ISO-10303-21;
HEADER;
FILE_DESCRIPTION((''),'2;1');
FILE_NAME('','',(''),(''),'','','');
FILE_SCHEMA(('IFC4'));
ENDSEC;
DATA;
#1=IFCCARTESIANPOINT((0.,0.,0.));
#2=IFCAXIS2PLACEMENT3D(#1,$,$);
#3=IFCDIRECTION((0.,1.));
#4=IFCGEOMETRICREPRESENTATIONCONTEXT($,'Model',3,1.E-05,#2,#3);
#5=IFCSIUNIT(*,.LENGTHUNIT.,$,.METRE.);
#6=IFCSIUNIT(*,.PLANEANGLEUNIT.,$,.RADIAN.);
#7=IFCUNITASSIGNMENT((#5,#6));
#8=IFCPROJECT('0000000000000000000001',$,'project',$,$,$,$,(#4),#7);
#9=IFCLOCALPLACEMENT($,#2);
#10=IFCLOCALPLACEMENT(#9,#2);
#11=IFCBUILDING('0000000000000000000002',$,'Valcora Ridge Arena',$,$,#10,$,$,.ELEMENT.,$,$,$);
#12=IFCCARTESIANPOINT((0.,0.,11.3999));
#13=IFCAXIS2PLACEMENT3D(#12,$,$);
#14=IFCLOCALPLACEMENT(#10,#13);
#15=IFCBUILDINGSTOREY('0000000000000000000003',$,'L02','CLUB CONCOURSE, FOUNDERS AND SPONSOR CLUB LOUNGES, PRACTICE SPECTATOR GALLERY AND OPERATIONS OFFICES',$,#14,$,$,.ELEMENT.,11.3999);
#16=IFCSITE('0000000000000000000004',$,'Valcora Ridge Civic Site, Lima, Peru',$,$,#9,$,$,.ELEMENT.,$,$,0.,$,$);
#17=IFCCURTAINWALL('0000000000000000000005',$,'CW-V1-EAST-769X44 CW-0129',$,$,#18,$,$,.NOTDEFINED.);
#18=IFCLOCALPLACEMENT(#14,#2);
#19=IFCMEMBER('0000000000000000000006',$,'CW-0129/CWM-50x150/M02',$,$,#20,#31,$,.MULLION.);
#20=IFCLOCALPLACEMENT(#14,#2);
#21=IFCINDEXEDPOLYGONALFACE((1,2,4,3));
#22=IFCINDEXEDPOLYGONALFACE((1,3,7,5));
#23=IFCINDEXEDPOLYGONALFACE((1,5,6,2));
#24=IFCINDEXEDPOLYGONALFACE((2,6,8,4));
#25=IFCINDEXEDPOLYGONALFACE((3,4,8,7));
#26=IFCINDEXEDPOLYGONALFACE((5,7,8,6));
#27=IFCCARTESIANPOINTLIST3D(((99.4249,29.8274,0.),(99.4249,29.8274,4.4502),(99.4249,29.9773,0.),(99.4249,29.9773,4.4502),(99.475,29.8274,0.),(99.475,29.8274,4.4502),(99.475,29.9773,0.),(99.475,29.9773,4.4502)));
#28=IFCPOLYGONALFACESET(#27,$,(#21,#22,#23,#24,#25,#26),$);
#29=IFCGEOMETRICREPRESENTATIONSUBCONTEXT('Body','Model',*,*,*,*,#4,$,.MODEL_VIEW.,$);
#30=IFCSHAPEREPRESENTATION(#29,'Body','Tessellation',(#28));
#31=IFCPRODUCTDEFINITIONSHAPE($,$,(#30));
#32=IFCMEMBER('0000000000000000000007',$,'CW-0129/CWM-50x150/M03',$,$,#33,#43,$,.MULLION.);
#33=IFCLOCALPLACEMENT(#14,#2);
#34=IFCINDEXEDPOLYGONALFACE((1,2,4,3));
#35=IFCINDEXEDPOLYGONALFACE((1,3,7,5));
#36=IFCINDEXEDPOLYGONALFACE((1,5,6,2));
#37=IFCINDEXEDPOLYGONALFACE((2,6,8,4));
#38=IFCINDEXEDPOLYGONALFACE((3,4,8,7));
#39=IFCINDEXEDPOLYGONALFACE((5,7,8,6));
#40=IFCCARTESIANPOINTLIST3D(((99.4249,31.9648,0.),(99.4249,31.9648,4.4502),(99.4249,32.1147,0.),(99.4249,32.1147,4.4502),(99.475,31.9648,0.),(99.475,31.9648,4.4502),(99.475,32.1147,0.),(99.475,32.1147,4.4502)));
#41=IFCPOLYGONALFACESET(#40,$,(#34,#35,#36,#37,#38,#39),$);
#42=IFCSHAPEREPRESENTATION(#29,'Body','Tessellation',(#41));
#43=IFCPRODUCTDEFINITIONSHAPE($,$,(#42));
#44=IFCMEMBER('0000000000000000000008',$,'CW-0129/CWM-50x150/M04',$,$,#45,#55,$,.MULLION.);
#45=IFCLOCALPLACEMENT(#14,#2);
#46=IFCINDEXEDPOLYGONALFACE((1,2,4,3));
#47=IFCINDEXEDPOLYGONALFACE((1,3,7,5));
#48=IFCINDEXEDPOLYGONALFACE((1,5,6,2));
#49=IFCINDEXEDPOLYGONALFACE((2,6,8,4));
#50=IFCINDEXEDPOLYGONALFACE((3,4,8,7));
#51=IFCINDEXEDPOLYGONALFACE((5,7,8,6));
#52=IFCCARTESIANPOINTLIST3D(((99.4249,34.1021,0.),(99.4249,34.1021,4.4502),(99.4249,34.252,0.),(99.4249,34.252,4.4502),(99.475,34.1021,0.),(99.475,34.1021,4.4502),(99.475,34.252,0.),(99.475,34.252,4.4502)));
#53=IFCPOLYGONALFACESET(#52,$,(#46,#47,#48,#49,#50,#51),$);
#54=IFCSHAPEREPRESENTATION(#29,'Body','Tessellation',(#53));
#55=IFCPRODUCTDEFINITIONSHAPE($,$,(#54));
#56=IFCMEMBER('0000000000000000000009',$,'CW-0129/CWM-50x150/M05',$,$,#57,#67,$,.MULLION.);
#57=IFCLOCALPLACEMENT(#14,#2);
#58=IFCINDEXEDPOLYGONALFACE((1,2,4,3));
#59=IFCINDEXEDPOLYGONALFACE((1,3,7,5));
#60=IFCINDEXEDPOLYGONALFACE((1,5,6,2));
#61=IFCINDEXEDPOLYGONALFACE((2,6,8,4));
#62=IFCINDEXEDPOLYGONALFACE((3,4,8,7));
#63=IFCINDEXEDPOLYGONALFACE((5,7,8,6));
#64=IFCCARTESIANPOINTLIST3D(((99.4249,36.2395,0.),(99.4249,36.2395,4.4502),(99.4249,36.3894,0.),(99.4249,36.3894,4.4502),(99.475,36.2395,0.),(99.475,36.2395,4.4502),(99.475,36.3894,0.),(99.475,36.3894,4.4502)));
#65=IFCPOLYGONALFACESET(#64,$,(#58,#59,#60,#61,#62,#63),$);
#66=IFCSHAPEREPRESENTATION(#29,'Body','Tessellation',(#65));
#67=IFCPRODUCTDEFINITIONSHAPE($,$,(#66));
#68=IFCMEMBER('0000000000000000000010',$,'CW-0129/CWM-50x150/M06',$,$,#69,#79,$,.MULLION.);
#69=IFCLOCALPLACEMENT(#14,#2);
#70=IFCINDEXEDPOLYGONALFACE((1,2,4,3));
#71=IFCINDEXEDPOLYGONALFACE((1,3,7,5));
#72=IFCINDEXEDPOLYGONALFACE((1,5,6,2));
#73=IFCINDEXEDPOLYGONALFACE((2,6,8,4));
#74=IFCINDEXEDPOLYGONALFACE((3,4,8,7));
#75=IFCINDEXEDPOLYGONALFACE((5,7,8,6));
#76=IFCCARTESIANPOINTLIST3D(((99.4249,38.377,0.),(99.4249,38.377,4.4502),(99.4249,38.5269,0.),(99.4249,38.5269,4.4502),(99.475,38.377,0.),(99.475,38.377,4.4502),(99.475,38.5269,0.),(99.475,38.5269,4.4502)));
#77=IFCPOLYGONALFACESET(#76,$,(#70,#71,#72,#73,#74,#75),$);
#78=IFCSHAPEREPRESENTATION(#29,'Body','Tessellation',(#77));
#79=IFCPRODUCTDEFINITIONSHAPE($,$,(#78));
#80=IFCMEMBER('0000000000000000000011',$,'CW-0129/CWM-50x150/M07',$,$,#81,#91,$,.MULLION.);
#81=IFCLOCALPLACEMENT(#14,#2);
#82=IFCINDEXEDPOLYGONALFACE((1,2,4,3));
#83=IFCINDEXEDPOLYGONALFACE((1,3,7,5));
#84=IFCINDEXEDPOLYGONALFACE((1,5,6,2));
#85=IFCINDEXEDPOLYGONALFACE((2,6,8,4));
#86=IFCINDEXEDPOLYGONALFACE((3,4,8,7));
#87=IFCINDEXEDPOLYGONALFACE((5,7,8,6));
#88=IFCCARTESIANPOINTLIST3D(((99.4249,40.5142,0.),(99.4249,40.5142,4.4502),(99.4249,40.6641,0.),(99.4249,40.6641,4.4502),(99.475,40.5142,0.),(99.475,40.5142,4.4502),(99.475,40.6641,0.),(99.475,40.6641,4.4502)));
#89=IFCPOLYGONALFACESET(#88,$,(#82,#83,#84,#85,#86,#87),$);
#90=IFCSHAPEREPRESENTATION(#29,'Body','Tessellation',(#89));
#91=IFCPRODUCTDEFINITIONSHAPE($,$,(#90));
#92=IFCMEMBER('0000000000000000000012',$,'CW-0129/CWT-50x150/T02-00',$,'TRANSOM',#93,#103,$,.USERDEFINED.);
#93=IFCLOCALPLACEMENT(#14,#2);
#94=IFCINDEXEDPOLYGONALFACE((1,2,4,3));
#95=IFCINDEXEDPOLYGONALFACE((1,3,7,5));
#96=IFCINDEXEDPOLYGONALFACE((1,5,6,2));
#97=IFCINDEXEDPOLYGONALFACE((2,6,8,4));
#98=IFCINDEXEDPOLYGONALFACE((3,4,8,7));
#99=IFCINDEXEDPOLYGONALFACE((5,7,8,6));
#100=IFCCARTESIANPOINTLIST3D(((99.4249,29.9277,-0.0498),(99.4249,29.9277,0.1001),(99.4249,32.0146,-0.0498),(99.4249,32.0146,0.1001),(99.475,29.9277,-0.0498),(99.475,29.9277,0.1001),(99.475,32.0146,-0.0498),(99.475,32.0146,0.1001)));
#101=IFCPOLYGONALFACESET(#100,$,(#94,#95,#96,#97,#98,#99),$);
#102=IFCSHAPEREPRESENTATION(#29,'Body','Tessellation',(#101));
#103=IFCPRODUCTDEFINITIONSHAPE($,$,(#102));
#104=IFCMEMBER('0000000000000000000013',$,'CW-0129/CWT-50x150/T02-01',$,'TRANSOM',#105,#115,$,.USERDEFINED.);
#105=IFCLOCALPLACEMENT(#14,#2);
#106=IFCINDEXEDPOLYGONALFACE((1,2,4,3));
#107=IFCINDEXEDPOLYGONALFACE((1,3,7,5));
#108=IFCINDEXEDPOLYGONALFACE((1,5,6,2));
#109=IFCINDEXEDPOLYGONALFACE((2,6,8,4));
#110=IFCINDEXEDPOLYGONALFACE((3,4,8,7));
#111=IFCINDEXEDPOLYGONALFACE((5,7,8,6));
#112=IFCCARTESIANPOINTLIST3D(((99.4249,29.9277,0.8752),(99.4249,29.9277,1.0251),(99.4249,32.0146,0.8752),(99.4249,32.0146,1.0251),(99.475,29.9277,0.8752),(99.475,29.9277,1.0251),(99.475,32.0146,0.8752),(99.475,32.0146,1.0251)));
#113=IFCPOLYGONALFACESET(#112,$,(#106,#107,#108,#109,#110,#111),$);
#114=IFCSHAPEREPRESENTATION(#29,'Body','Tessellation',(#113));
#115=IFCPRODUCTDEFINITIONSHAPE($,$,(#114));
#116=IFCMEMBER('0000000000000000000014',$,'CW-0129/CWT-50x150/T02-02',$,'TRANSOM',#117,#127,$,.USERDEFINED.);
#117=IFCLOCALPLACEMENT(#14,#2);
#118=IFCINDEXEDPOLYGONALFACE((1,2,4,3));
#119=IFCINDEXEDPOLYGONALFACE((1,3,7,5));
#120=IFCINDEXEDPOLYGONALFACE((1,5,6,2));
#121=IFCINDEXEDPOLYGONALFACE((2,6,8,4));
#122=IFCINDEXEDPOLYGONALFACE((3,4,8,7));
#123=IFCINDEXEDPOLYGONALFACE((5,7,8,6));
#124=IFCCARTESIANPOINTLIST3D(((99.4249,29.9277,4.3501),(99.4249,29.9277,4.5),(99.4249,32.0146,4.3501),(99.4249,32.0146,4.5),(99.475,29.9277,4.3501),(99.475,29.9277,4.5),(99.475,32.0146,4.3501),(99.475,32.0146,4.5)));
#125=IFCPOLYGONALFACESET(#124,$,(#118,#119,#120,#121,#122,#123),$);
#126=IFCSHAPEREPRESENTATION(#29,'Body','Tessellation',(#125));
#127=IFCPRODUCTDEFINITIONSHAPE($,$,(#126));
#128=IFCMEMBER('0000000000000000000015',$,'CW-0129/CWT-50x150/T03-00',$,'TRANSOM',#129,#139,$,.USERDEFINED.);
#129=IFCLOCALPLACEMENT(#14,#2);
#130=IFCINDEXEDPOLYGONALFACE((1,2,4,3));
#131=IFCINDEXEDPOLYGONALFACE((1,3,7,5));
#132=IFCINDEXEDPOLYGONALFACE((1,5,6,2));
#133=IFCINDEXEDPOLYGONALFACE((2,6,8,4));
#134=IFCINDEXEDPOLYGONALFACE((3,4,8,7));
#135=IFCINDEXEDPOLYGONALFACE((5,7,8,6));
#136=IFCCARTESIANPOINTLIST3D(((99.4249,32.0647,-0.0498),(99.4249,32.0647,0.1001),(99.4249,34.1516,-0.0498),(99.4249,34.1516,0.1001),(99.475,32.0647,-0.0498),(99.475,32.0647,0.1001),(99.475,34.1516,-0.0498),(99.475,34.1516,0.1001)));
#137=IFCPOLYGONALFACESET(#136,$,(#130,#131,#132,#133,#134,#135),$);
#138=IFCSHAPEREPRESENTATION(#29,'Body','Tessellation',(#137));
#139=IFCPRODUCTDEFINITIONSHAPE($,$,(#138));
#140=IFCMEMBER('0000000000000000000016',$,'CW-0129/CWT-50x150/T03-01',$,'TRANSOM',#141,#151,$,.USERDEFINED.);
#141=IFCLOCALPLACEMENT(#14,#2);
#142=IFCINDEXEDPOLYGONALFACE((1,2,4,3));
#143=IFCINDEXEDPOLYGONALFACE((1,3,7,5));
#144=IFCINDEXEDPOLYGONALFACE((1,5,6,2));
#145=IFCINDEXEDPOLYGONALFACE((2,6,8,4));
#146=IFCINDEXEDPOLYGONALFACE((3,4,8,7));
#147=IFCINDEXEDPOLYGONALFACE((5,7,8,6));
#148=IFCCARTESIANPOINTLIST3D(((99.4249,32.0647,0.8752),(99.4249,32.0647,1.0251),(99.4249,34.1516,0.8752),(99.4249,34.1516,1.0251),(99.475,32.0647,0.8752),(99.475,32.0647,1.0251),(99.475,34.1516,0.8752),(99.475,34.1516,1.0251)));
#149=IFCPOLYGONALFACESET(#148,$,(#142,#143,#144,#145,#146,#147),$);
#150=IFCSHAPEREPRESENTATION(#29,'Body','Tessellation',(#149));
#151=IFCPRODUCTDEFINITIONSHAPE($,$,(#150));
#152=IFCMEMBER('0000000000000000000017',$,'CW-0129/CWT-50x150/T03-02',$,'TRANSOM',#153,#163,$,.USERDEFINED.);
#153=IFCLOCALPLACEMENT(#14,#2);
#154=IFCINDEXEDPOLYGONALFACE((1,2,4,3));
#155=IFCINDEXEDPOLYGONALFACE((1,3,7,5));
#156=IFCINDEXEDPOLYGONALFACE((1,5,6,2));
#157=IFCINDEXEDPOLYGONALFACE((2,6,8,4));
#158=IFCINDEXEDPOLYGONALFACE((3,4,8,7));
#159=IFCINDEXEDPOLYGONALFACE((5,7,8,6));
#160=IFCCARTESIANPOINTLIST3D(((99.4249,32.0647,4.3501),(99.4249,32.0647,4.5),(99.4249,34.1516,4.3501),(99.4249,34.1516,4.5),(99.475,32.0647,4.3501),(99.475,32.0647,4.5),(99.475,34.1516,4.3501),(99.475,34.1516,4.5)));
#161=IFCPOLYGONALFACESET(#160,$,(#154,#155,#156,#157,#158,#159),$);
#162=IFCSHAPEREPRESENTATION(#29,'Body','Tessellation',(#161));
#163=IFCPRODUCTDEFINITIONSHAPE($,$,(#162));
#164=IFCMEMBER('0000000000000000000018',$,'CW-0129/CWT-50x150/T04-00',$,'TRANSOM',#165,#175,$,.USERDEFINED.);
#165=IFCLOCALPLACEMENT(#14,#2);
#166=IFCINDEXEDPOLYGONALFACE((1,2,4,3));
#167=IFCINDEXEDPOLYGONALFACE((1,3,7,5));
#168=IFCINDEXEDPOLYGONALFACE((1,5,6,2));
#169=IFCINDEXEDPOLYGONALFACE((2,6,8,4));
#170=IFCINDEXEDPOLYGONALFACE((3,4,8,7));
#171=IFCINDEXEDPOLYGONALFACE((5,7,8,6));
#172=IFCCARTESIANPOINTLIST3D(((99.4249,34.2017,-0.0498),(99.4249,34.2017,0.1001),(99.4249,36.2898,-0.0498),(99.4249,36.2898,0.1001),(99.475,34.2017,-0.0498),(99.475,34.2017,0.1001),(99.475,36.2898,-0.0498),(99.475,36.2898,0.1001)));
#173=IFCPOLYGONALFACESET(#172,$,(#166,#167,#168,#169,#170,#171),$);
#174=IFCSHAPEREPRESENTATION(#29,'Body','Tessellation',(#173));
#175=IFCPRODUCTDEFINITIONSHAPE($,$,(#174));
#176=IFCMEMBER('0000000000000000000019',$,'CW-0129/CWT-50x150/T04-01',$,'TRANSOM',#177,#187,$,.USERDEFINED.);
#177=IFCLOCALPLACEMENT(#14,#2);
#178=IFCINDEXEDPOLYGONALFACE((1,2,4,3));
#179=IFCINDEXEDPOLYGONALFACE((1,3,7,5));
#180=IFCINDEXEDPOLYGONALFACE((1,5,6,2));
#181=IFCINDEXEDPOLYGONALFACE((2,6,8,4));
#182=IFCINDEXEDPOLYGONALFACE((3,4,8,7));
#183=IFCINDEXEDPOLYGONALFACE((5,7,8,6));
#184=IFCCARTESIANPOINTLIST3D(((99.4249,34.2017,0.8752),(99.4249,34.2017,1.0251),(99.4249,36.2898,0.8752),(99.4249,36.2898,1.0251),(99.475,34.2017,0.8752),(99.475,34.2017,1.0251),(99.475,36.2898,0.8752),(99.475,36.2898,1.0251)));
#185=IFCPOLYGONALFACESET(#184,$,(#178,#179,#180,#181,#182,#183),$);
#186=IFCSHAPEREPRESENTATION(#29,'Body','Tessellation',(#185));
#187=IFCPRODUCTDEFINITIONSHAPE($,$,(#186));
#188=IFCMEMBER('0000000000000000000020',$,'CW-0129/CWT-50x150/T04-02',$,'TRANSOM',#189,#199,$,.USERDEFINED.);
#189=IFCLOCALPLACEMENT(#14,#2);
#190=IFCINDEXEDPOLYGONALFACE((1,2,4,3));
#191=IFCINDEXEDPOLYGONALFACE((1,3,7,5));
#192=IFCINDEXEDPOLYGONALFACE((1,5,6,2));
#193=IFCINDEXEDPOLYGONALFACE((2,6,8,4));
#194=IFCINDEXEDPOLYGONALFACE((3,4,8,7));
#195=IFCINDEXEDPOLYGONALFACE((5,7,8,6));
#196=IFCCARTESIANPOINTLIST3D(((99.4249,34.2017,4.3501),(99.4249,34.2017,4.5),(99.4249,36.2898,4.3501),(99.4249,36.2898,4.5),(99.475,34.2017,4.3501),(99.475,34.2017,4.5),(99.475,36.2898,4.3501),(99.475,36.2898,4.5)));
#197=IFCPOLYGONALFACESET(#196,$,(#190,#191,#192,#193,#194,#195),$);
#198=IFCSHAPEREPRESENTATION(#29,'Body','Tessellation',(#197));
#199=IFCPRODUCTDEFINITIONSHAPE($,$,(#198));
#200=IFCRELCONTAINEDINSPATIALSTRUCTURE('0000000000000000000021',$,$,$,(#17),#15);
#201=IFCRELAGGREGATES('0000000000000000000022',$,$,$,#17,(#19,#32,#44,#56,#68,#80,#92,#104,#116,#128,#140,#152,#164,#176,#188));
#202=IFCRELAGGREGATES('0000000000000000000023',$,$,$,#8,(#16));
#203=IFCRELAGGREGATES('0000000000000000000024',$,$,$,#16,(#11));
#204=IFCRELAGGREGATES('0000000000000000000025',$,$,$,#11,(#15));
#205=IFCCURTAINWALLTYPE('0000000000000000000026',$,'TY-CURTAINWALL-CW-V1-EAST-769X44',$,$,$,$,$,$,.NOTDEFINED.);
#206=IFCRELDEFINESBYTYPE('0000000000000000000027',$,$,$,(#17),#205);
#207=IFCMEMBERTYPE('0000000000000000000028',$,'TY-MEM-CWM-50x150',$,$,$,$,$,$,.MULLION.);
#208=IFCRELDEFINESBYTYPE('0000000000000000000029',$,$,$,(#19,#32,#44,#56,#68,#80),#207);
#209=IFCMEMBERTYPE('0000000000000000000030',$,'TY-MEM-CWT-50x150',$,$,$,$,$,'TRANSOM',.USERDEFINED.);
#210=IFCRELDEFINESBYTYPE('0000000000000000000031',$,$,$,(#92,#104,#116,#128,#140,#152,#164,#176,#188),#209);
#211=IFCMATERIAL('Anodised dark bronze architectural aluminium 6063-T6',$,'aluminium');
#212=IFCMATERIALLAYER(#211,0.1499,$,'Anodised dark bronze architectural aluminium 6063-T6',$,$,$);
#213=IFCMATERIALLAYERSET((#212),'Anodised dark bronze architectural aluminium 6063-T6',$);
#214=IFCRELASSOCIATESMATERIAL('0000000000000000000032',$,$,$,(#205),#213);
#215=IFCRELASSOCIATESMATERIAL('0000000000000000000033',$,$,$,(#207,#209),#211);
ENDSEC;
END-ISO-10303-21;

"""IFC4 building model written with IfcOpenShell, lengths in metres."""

from ifc_helpers import new_model, si_unit, direction, frame, origin, origin_2d, place, context, subcontext, project, spatial, rectangle, extrude, material, layer, layer_set, material_profile, profile_set, type_object, element, aggregate, save


model = new_model("IFC4")

# Units and contexts
model_context = context("Model", 3, precision=1e-05, world=origin(), true_north=direction((0.0, 1.0)))
body_context = subcontext(model_context, "Body", "Model", "MODEL_VIEW")
ifc_project = project(units=[si_unit("LENGTHUNIT", "METRE"), si_unit("PLANEANGLEUNIT", "RADIAN")], contexts=[model_context])

# Site, building, storey
site_placement = place(None, origin())
site = spatial("IfcSite", under=ifc_project, at=site_placement, Name="Valcora Ridge Civic Site, Lima, Peru", CompositionType="ELEMENT", RefElevation=0.0)
building_placement = place(site_placement, origin())
building = spatial("IfcBuilding", under=site, at=building_placement, Name="Valcora Ridge Arena", CompositionType="ELEMENT")
storey_placement = place(building_placement, frame((0.0, 0.0, 11.3999)))
storey = spatial("IfcBuildingStorey", under=building, at=storey_placement, Name="L02", Description="CLUB CONCOURSE, FOUNDERS AND SPONSOR CLUB LOUNGES, PRACTICE SPECTATOR GALLERY AND OPERATIONS OFFICES", CompositionType="ELEMENT", Elevation=11.3999)

# Curtain wall, members
ifc_material_1 = material(Name="Anodised dark bronze architectural aluminium 6063-T6", Category="aluminium")
ifc_layer_1 = layer(ifc_material_1, 0.1499, Name="Anodised dark bronze architectural aluminium 6063-T6")
ifc_layer_set_1 = layer_set([ifc_layer_1], Name="Anodised dark bronze architectural aluminium 6063-T6")
curtain_wall_type = type_object("IfcCurtainWallType", Name="TY-CURTAINWALL-CW-V1-EAST-769X44", PredefinedType="NOTDEFINED", material=ifc_layer_set_1)
curtain_wall_placement = place(storey_placement, origin())
curtain_wall = element("IfcCurtainWall", 1, at=curtain_wall_placement, inside=storey, type_object=curtain_wall_type, Name="CW-V1-EAST-769X44 CW-0129", PredefinedType="NOTDEFINED")
ifc_material_profile_1 = material_profile(ifc_material_1, rectangle(XDim=0.05, YDim=0.1499, at=origin_2d()), Name="ALU MULLION 50x150")
ifc_profile_set_1 = profile_set([ifc_material_profile_1], Name="Anodised dark bronze architectural aluminium 6063-T6")
member_type_1 = type_object("IfcMemberType", Name="TY-MEM-CWM-50x150", PredefinedType="MULLION", material=ifc_profile_set_1)
member_1_placement = place(storey_placement, frame((99.45, 29.9023, 0.0), z_axis=(0.0, 0.0, 1.0), x_axis=(-1.0, 0.0, 0.0)))
member_1 = element("IfcMember", 2, at=member_1_placement, type_object=member_type_1, Name="CW-0129/CWM-50x150/M02", PredefinedType="MULLION", context=body_context, shape_type="SweptSolid", body=[
    extrude(rectangle(XDim=0.05, YDim=0.1499, at=origin_2d()), origin(), (0.0, 0.0, 1.0), 4.4502),
])
member_2_placement = place(storey_placement, frame((99.45, 32.0398, 0.0), z_axis=(0.0, 0.0, 1.0), x_axis=(-1.0, 0.0, 0.0)))
member_2 = element("IfcMember", 3, at=member_2_placement, type_object=member_type_1, Name="CW-0129/CWM-50x150/M03", PredefinedType="MULLION", context=body_context, shape_type="SweptSolid", body=[
    extrude(rectangle(XDim=0.05, YDim=0.1499, at=origin_2d()), origin(), (0.0, 0.0, 1.0), 4.4502),
])
member_3_placement = place(storey_placement, frame((99.45, 34.177, 0.0), z_axis=(0.0, 0.0, 1.0), x_axis=(-1.0, 0.0, 0.0)))
member_3 = element("IfcMember", 4, at=member_3_placement, type_object=member_type_1, Name="CW-0129/CWM-50x150/M04", PredefinedType="MULLION", context=body_context, shape_type="SweptSolid", body=[
    extrude(rectangle(XDim=0.05, YDim=0.1499, at=origin_2d()), origin(), (0.0, 0.0, 1.0), 4.4502),
])
member_4_placement = place(storey_placement, frame((99.45, 36.3145, 0.0), z_axis=(0.0, 0.0, 1.0), x_axis=(-1.0, 0.0, 0.0)))
member_4 = element("IfcMember", 5, at=member_4_placement, type_object=member_type_1, Name="CW-0129/CWM-50x150/M05", PredefinedType="MULLION", context=body_context, shape_type="SweptSolid", body=[
    extrude(rectangle(XDim=0.05, YDim=0.1499, at=origin_2d()), origin(), (0.0, 0.0, 1.0), 4.4502),
])
member_5_placement = place(storey_placement, frame((99.45, 38.4519, 0.0), z_axis=(0.0, 0.0, 1.0), x_axis=(-1.0, 0.0, 0.0)))
member_5 = element("IfcMember", 6, at=member_5_placement, type_object=member_type_1, Name="CW-0129/CWM-50x150/M06", PredefinedType="MULLION", context=body_context, shape_type="SweptSolid", body=[
    extrude(rectangle(XDim=0.05, YDim=0.1499, at=origin_2d()), origin(), (0.0, 0.0, 1.0), 4.4502),
])
member_6_placement = place(storey_placement, frame((99.45, 40.5891, 0.0), z_axis=(0.0, 0.0, 1.0), x_axis=(-1.0, 0.0, 0.0)))
member_6 = element("IfcMember", 7, at=member_6_placement, type_object=member_type_1, Name="CW-0129/CWM-50x150/M07", PredefinedType="MULLION", context=body_context, shape_type="SweptSolid", body=[
    extrude(rectangle(XDim=0.05, YDim=0.1499, at=origin_2d()), origin(), (0.0, 0.0, 1.0), 4.4502),
])
ifc_material_profile_2 = material_profile(ifc_material_1, rectangle(XDim=0.05, YDim=0.1499, at=origin_2d()), Name="ALU TRANSOM 50x150")
ifc_profile_set_2 = profile_set([ifc_material_profile_2], Name="Anodised dark bronze architectural aluminium 6063-T6")
member_type_2 = type_object("IfcMemberType", Name="TY-MEM-CWT-50x150", ElementType="TRANSOM", PredefinedType="USERDEFINED", material=ifc_profile_set_2)
member_7_placement = place(storey_placement, frame((99.45, 29.9277, 0.0251), z_axis=(0.0, 1.0, 0.0), x_axis=(-1.0, 0.0, 0.0)))
member_7 = element("IfcMember", 8, at=member_7_placement, type_object=member_type_2, Name="CW-0129/CWT-50x150/T02-00", ObjectType="TRANSOM", PredefinedType="USERDEFINED", context=body_context, shape_type="SweptSolid", body=[
    extrude(rectangle(XDim=0.05, YDim=0.1499, at=origin_2d()), origin(), (0.0, 0.0, 1.0), 2.0869),
])
member_8_placement = place(storey_placement, frame((99.45, 29.9277, 0.9502), z_axis=(0.0, 1.0, 0.0), x_axis=(-1.0, 0.0, 0.0)))
member_8 = element("IfcMember", 9, at=member_8_placement, type_object=member_type_2, Name="CW-0129/CWT-50x150/T02-01", ObjectType="TRANSOM", PredefinedType="USERDEFINED", context=body_context, shape_type="SweptSolid", body=[
    extrude(rectangle(XDim=0.05, YDim=0.1499, at=origin_2d()), origin(), (0.0, 0.0, 1.0), 2.0869),
])
member_9_placement = place(storey_placement, frame((99.45, 29.9277, 4.425), z_axis=(0.0, 1.0, 0.0), x_axis=(-1.0, 0.0, 0.0)))
member_9 = element("IfcMember", 10, at=member_9_placement, type_object=member_type_2, Name="CW-0129/CWT-50x150/T02-02", ObjectType="TRANSOM", PredefinedType="USERDEFINED", context=body_context, shape_type="SweptSolid", body=[
    extrude(rectangle(XDim=0.05, YDim=0.1499, at=origin_2d()), origin(), (0.0, 0.0, 1.0), 2.0869),
])
member_10_placement = place(storey_placement, frame((99.45, 32.0647, 0.0251), z_axis=(0.0, 1.0, 0.0), x_axis=(-1.0, 0.0, 0.0)))
member_10 = element("IfcMember", 11, at=member_10_placement, type_object=member_type_2, Name="CW-0129/CWT-50x150/T03-00", ObjectType="TRANSOM", PredefinedType="USERDEFINED", context=body_context, shape_type="SweptSolid", body=[
    extrude(rectangle(XDim=0.05, YDim=0.1499, at=origin_2d()), origin(), (0.0, 0.0, 1.0), 2.0869),
])
member_11_placement = place(storey_placement, frame((99.45, 32.0647, 0.9502), z_axis=(0.0, 1.0, 0.0), x_axis=(-1.0, 0.0, 0.0)))
member_11 = element("IfcMember", 12, at=member_11_placement, type_object=member_type_2, Name="CW-0129/CWT-50x150/T03-01", ObjectType="TRANSOM", PredefinedType="USERDEFINED", context=body_context, shape_type="SweptSolid", body=[
    extrude(rectangle(XDim=0.05, YDim=0.1499, at=origin_2d()), origin(), (0.0, 0.0, 1.0), 2.0869),
])
member_12_placement = place(storey_placement, frame((99.45, 32.0647, 4.425), z_axis=(0.0, 1.0, 0.0), x_axis=(-1.0, 0.0, 0.0)))
member_12 = element("IfcMember", 13, at=member_12_placement, type_object=member_type_2, Name="CW-0129/CWT-50x150/T03-02", ObjectType="TRANSOM", PredefinedType="USERDEFINED", context=body_context, shape_type="SweptSolid", body=[
    extrude(rectangle(XDim=0.05, YDim=0.1499, at=origin_2d()), origin(), (0.0, 0.0, 1.0), 2.0869),
])
member_13_placement = place(storey_placement, frame((99.45, 34.2017, 0.0251), z_axis=(0.0, 1.0, 0.0), x_axis=(-1.0, 0.0, 0.0)))
member_13 = element("IfcMember", 14, at=member_13_placement, type_object=member_type_2, Name="CW-0129/CWT-50x150/T04-00", ObjectType="TRANSOM", PredefinedType="USERDEFINED", context=body_context, shape_type="SweptSolid", body=[
    extrude(rectangle(XDim=0.05, YDim=0.1499, at=origin_2d()), origin(), (0.0, 0.0, 1.0), 2.0881),
])
member_14_placement = place(storey_placement, frame((99.45, 34.2017, 0.9502), z_axis=(0.0, 1.0, 0.0), x_axis=(-1.0, 0.0, 0.0)))
member_14 = element("IfcMember", 15, at=member_14_placement, type_object=member_type_2, Name="CW-0129/CWT-50x150/T04-01", ObjectType="TRANSOM", PredefinedType="USERDEFINED", context=body_context, shape_type="SweptSolid", body=[
    extrude(rectangle(XDim=0.05, YDim=0.1499, at=origin_2d()), origin(), (0.0, 0.0, 1.0), 2.0881),
])
member_15_placement = place(storey_placement, frame((99.45, 34.2017, 4.425), z_axis=(0.0, 1.0, 0.0), x_axis=(-1.0, 0.0, 0.0)))
member_15 = element("IfcMember", 16, at=member_15_placement, type_object=member_type_2, Name="CW-0129/CWT-50x150/T04-02", ObjectType="TRANSOM", PredefinedType="USERDEFINED", context=body_context, shape_type="SweptSolid", body=[
    extrude(rectangle(XDim=0.05, YDim=0.1499, at=origin_2d()), origin(), (0.0, 0.0, 1.0), 2.0881),
])
aggregate(curtain_wall, [member_1, member_2, member_3, member_4, member_5, member_6, member_7, member_8, member_9, member_10, member_11, member_12, member_13, member_14, member_15])

save(model, "model.ifc")
